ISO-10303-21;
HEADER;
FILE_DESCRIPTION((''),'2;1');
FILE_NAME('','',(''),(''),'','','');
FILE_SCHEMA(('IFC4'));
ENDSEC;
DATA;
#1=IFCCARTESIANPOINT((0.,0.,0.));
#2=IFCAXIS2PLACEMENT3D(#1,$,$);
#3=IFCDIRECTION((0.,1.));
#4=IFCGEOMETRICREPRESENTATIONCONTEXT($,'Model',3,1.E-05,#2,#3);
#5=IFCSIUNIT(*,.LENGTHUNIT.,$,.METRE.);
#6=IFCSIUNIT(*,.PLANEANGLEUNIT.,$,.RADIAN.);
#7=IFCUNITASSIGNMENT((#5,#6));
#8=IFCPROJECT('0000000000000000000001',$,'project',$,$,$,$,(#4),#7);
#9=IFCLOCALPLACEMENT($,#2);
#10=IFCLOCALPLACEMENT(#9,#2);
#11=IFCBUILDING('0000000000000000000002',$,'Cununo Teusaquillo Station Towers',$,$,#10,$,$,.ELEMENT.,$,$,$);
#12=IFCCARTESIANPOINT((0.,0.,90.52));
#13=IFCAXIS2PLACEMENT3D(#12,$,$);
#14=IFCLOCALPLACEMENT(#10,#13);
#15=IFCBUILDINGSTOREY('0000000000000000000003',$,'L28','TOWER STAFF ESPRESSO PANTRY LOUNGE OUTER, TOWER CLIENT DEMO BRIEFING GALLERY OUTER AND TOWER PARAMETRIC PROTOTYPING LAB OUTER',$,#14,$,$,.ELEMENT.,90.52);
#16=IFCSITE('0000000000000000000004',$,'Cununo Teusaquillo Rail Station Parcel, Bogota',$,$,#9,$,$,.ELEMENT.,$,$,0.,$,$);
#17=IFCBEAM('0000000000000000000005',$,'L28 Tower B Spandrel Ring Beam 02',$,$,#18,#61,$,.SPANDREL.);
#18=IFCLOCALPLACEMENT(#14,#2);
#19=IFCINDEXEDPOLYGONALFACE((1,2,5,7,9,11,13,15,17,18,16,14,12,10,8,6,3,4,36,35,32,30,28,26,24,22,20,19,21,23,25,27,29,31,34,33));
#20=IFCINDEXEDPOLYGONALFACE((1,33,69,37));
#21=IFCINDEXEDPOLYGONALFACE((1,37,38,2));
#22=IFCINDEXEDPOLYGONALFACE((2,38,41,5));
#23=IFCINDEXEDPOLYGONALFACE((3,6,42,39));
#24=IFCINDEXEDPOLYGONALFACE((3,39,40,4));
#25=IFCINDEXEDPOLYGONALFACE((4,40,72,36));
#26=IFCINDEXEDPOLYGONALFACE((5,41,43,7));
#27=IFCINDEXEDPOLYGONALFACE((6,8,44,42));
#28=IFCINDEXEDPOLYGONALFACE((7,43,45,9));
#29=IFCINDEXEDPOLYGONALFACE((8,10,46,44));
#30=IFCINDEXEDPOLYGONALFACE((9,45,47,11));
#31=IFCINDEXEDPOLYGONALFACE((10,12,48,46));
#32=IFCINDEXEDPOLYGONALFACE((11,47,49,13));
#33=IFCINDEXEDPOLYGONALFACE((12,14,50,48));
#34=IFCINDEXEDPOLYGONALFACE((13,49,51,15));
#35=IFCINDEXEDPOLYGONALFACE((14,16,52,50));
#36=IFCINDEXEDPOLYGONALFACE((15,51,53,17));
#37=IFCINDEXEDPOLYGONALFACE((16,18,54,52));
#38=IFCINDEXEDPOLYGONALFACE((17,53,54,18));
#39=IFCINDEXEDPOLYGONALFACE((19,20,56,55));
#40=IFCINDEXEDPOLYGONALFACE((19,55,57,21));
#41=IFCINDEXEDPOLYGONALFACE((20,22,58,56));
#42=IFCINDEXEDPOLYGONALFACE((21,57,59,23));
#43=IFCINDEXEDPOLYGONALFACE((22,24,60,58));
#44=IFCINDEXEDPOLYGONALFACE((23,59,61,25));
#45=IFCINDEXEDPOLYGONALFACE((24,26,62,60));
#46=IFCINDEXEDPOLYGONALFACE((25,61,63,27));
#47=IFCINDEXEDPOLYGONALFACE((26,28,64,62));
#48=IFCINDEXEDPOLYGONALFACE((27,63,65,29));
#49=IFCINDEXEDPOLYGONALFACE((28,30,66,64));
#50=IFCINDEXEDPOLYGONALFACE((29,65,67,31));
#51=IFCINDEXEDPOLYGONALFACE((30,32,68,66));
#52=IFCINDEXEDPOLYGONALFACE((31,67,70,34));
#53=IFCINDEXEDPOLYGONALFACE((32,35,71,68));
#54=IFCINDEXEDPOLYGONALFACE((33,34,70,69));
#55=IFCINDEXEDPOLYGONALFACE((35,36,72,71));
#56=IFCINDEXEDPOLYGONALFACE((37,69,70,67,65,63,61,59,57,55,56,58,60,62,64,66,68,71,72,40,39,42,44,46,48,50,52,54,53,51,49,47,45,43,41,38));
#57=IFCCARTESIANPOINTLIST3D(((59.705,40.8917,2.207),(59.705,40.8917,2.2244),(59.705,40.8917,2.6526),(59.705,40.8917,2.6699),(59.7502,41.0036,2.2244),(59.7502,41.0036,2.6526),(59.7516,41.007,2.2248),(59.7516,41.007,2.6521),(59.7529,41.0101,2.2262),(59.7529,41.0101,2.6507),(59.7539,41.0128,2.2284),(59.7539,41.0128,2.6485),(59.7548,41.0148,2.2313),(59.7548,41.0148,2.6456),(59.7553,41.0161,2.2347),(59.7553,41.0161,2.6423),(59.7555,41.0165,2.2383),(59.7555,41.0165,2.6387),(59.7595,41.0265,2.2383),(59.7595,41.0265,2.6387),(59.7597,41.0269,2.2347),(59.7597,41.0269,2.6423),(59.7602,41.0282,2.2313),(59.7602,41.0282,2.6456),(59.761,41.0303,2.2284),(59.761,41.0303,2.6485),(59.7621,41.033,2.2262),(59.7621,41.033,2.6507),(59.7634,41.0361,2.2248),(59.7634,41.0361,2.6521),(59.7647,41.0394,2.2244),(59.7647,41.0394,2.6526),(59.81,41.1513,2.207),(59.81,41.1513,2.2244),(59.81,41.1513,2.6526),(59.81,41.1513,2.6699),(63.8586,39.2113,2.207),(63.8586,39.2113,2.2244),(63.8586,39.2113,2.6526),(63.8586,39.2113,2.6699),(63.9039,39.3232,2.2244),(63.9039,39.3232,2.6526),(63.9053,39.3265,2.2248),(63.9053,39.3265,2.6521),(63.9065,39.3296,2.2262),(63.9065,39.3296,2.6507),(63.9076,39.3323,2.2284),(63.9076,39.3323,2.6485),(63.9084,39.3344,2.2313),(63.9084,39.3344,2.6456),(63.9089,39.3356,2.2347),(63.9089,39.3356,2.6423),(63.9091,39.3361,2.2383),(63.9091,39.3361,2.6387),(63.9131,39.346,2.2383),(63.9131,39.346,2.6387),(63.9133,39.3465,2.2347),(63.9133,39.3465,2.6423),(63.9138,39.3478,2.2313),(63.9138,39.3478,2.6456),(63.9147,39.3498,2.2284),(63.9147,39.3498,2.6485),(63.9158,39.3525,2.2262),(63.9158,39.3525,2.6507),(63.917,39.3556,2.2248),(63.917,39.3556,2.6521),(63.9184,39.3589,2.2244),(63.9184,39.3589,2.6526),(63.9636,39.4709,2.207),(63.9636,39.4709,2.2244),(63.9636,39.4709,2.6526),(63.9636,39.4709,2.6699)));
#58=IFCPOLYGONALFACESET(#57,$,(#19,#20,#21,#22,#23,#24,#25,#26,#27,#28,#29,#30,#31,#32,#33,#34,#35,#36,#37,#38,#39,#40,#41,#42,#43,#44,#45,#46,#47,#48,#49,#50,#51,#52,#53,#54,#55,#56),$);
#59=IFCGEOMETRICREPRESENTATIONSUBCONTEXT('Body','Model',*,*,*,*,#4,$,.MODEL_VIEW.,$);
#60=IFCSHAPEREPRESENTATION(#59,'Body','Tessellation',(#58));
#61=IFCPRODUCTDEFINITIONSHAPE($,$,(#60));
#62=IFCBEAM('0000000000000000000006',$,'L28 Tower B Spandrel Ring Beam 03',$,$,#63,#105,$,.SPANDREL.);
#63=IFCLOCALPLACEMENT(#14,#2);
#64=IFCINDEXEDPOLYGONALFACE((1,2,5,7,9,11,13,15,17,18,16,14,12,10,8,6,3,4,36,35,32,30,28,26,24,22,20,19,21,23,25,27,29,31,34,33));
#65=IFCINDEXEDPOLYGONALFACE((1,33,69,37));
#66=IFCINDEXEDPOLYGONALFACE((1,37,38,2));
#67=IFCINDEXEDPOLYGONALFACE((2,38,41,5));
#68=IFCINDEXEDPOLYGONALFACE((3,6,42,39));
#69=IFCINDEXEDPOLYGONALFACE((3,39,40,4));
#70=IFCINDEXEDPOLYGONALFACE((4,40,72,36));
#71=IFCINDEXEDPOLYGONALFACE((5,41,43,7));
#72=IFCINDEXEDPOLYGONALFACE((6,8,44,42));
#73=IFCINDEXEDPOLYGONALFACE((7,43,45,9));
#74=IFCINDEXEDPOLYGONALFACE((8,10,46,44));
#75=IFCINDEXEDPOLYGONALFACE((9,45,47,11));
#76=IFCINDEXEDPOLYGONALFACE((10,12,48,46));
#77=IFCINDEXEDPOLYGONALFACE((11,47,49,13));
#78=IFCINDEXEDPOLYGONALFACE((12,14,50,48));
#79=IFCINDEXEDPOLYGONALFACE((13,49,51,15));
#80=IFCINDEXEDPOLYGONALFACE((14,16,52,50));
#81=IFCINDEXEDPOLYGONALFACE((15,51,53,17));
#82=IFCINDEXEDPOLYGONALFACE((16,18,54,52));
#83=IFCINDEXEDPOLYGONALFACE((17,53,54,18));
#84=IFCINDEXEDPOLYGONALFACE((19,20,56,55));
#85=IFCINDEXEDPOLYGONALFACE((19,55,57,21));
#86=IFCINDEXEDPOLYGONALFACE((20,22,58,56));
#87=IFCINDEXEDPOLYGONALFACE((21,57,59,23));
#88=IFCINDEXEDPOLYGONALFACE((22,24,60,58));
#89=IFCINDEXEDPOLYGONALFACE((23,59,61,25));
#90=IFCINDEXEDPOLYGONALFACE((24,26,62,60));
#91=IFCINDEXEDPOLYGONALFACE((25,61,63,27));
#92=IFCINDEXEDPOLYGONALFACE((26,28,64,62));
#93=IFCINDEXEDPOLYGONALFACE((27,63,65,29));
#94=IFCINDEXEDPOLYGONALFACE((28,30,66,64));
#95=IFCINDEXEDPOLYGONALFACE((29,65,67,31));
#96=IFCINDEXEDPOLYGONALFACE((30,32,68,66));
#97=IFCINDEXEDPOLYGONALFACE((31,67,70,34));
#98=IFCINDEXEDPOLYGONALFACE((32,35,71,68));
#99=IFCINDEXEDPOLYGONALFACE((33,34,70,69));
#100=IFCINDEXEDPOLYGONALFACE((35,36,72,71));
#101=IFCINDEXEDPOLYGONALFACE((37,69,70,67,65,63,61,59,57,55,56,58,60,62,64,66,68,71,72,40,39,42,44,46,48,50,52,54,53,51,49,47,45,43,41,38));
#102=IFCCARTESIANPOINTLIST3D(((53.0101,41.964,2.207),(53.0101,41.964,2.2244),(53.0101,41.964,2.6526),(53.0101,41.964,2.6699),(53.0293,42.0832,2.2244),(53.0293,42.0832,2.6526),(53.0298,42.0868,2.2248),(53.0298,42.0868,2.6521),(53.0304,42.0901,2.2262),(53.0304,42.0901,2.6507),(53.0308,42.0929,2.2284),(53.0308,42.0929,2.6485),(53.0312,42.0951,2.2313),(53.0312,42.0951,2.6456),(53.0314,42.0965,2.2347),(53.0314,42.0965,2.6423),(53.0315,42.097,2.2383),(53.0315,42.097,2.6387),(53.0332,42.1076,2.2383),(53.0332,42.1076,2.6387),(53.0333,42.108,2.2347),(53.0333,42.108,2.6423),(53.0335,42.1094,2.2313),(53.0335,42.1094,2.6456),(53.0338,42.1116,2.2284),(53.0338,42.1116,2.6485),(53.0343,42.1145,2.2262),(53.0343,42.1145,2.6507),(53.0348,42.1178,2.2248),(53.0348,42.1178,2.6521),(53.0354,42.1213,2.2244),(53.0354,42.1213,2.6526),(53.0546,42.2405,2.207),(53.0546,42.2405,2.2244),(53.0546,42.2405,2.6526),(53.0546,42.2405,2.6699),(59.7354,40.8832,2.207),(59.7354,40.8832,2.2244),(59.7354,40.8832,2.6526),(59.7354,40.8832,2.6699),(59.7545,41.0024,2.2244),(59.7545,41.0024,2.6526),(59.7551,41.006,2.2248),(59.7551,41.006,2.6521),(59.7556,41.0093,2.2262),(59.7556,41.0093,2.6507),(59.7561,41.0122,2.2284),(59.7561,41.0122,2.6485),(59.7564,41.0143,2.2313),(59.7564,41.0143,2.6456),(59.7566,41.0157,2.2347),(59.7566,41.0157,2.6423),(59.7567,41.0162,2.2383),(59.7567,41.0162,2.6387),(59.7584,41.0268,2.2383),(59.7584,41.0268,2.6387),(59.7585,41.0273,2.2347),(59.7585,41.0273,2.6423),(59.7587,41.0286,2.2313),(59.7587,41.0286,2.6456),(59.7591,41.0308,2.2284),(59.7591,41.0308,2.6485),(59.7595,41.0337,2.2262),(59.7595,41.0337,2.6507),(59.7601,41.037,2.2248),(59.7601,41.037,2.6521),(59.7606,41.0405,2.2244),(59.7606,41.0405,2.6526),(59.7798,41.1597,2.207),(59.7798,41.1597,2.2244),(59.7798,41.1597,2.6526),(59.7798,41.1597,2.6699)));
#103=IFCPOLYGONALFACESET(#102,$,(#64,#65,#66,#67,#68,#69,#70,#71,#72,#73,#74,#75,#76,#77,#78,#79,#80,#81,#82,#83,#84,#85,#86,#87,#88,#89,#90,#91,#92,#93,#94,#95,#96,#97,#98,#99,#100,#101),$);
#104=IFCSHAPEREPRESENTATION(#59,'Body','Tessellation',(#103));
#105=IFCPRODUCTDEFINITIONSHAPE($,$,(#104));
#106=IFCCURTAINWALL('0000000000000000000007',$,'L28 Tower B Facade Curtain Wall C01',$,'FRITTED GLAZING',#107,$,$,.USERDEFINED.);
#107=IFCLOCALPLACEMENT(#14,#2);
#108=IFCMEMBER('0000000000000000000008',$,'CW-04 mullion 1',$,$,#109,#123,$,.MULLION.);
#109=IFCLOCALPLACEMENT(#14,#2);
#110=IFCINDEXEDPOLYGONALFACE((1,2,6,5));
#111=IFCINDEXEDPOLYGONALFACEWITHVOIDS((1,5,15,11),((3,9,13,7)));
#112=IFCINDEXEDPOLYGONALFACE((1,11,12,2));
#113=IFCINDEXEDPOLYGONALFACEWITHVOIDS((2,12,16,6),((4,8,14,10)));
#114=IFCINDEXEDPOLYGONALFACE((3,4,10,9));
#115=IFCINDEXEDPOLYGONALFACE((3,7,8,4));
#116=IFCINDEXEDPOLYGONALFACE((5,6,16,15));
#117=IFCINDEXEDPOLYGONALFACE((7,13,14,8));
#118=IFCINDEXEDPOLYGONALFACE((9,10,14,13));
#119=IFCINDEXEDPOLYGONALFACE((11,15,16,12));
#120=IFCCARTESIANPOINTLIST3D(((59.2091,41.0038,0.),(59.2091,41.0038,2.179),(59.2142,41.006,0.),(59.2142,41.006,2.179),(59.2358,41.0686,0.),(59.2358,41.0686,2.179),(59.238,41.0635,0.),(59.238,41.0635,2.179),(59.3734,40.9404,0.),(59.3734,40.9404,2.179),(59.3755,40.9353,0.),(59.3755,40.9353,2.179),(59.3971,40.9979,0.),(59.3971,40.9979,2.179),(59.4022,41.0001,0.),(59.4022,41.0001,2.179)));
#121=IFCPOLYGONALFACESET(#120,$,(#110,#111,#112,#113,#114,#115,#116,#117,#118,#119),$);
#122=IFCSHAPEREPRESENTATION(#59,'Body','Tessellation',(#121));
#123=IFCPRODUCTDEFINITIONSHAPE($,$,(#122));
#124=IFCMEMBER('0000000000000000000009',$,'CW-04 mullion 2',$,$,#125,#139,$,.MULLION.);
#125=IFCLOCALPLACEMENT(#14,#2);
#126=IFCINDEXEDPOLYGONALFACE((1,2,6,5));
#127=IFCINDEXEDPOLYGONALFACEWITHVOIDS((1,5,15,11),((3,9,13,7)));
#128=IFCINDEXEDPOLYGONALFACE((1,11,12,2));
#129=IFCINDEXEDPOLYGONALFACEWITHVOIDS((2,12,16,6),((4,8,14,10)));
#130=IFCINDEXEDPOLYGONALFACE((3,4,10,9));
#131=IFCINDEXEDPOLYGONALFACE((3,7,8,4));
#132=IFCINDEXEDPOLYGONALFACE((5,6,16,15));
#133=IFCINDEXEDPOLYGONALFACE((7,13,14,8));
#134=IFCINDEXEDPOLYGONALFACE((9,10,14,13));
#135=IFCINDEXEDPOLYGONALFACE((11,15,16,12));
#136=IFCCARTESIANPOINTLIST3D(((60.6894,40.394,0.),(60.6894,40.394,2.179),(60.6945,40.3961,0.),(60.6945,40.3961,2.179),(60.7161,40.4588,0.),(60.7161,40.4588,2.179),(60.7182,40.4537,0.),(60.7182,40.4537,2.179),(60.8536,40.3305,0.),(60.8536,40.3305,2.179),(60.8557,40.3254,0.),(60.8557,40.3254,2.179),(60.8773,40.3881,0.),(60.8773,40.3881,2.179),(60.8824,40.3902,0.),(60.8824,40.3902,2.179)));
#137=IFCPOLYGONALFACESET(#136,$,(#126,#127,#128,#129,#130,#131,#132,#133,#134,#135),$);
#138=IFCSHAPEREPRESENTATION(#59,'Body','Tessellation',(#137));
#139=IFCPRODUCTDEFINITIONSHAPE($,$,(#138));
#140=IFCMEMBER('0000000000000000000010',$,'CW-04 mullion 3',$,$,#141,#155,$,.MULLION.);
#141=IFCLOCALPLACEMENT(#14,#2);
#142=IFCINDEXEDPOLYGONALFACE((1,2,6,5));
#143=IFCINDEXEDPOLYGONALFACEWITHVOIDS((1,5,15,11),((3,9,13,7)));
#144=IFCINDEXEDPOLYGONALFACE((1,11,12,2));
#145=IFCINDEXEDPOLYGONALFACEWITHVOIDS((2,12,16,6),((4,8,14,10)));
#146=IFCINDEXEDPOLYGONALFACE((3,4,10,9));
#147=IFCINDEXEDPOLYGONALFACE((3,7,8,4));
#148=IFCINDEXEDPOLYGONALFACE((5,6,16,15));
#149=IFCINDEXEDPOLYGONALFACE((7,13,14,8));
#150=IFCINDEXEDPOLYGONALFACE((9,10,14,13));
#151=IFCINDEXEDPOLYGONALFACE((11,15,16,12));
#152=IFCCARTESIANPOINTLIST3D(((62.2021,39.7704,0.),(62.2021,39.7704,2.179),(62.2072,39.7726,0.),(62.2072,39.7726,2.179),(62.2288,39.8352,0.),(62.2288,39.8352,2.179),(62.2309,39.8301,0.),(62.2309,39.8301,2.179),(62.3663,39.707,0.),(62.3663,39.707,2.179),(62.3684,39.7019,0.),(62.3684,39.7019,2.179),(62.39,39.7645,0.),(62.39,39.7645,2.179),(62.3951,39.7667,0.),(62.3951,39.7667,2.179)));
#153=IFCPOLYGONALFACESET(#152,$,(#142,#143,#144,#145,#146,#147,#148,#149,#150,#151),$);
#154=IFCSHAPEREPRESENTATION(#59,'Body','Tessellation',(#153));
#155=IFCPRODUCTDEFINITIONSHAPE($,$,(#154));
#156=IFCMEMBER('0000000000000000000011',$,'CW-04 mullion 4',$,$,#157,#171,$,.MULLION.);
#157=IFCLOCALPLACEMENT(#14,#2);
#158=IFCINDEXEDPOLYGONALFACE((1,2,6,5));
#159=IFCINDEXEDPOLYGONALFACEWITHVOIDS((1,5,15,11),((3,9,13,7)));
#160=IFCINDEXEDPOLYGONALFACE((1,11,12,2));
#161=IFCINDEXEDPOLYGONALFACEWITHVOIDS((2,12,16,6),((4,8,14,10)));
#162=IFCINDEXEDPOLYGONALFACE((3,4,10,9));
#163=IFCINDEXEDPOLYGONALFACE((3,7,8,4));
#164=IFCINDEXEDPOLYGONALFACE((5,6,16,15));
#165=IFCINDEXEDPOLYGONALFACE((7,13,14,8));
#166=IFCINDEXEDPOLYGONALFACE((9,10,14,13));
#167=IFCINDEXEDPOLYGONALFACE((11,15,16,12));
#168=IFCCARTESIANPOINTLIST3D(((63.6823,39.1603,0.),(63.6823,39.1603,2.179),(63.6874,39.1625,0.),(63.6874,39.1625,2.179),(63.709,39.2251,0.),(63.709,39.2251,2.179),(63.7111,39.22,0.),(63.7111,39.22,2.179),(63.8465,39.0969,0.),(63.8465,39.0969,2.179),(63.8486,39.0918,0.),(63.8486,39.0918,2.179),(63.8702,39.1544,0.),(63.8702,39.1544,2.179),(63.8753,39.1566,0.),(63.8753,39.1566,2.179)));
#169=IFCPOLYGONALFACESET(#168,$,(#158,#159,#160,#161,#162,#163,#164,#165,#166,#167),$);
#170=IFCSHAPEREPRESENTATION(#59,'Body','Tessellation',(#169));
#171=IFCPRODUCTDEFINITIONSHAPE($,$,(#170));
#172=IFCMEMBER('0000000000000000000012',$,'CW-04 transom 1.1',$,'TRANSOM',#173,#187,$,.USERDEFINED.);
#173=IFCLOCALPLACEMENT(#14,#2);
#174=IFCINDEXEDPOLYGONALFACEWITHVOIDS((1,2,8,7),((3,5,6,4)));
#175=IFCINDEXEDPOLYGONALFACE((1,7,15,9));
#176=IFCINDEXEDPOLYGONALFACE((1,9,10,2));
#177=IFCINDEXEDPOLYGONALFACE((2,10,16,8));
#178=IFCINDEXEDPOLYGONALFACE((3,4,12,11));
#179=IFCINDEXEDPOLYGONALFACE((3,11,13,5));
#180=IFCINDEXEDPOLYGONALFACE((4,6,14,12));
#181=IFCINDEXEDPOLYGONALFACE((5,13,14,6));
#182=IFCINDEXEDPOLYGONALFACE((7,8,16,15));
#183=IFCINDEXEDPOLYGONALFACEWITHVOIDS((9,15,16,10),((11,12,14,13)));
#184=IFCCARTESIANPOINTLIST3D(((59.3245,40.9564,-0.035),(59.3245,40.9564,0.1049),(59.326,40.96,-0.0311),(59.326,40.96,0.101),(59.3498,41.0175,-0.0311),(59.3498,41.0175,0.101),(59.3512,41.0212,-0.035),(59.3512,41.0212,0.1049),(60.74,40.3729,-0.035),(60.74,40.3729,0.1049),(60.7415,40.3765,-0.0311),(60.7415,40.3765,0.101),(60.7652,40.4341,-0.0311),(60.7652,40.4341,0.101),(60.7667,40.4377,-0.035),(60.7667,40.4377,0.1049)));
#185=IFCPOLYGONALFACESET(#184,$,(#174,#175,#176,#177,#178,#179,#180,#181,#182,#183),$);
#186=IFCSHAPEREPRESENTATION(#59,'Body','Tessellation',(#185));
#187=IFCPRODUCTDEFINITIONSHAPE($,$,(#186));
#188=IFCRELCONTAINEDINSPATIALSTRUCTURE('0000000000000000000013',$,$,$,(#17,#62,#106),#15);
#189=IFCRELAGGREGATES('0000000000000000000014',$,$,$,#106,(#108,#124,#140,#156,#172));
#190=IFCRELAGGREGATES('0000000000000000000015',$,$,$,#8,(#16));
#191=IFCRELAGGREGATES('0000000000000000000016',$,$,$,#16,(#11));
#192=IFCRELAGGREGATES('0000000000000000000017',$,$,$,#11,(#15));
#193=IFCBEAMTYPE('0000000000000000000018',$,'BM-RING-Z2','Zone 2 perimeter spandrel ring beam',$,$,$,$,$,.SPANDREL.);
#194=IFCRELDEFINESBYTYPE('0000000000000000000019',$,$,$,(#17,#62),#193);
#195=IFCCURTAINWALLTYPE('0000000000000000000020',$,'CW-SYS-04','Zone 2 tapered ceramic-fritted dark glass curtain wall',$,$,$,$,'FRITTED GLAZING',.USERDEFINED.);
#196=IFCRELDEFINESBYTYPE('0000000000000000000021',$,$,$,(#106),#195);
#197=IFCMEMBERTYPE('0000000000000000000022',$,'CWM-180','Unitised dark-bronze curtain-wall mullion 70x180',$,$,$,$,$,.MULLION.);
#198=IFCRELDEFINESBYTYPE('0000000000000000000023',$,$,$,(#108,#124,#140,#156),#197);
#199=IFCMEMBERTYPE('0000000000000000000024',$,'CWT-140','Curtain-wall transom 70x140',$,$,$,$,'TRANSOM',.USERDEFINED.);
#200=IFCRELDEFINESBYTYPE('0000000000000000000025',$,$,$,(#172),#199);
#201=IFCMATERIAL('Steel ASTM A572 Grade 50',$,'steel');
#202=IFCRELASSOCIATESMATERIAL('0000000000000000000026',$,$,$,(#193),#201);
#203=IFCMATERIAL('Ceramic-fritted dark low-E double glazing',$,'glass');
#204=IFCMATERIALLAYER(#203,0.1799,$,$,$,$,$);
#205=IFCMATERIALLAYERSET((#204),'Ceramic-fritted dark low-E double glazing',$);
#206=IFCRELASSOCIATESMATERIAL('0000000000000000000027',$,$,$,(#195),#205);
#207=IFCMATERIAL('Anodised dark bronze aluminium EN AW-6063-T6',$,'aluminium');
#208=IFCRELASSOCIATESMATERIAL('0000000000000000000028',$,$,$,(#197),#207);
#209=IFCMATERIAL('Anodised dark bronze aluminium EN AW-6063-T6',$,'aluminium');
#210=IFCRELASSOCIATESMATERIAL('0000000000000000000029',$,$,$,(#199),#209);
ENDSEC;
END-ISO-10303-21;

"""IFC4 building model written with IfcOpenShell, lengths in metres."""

from ifc_helpers import new_model, si_unit, direction, frame, origin, origin_2d, place, context, subcontext, project, spatial, hollow_rectangle, i_section, extrude, material, layer, layer_set, material_profile, profile_set, type_object, element, aggregate, save


model = new_model("IFC4")

# Units and contexts
model_context = context("Model", 3, precision=1e-05, world=origin(), true_north=direction((0.0, 1.0)))
body_context = subcontext(model_context, "Body", "Model", "MODEL_VIEW")
ifc_project = project(units=[si_unit("LENGTHUNIT", "METRE"), si_unit("PLANEANGLEUNIT", "RADIAN")], contexts=[model_context])

# Site, building, storey
site_placement = place(None, origin())
site = spatial("IfcSite", under=ifc_project, at=site_placement, Name="Cununo Teusaquillo Rail Station Parcel, Bogota", CompositionType="ELEMENT", RefElevation=0.0)
building_placement = place(site_placement, origin())
building = spatial("IfcBuilding", under=site, at=building_placement, Name="Cununo Teusaquillo Station Towers", CompositionType="ELEMENT")
storey_placement = place(building_placement, frame((0.0, 0.0, 90.52)))
storey = spatial("IfcBuildingStorey", under=building, at=storey_placement, Name="L28", Description="TOWER STAFF ESPRESSO PANTRY LOUNGE OUTER, TOWER CLIENT DEMO BRIEFING GALLERY OUTER AND TOWER PARAMETRIC PROTOTYPING LAB OUTER", CompositionType="ELEMENT", Elevation=90.52)

# Beams
ifc_material_1 = material(Name="Steel ASTM A572 Grade 50", Category="steel")
ifc_material_profile_1 = material_profile(ifc_material_1, i_section(OverallWidth=0.28, OverallDepth=0.4629, WebThickness=0.0107, FlangeThickness=0.0173, FilletRadius=0.0139, at=origin_2d()), Name="W18X76")
ifc_profile_set_1 = profile_set([ifc_material_profile_1], Name="Steel ASTM A572 Grade 50")
beam_type_1 = type_object("IfcBeamType", Name="BM-RING-Z2", Description="Zone 2 perimeter spandrel ring beam", PredefinedType="SPANDREL", material=ifc_profile_set_1)
beam_1_placement = place(storey_placement, frame((63.9111, 39.3411, 2.4385), z_axis=(-0.927008, 0.375042, 0.0), x_axis=(-0.375042, -0.927008, 0.0)))
element("IfcBeam", 1, at=beam_1_placement, inside=storey, type_object=beam_type_1, Name="L28 Tower B Spandrel Ring Beam 02", PredefinedType="SPANDREL", context=body_context, shape_type="SweptSolid", body=[
    extrude(i_section(OverallWidth=0.28, OverallDepth=0.4629, WebThickness=0.0107, FlangeThickness=0.0173, FilletRadius=0.0139, at=origin_2d()), origin(), (0.0, 0.0, 1.0), 4.4807),
])
beam_2_placement = place(storey_placement, frame((59.7576, 41.0215, 2.4385), z_axis=(-0.987331, 0.158671, 0.0), x_axis=(-0.158671, -0.987331, 0.0)))
element("IfcBeam", 2, at=beam_2_placement, inside=storey, type_object=beam_type_1, Name="L28 Tower B Spandrel Ring Beam 03", PredefinedType="SPANDREL", context=body_context, shape_type="SweptSolid", body=[
    extrude(i_section(OverallWidth=0.28, OverallDepth=0.4629, WebThickness=0.0107, FlangeThickness=0.0173, FilletRadius=0.0139, at=origin_2d()), origin(), (0.0, 0.0, 1.0), 6.8115),
])

# Curtain wall, members
ifc_material_2 = material(Name="Ceramic-fritted dark low-E double glazing", Category="glass")
ifc_layer_1 = layer(ifc_material_2, 0.1799)
ifc_layer_set_1 = layer_set([ifc_layer_1], Name="Ceramic-fritted dark low-E double glazing")
curtain_wall_type = type_object("IfcCurtainWallType", Name="CW-SYS-04", Description="Zone 2 tapered ceramic-fritted dark glass curtain wall", ElementType="FRITTED GLAZING", PredefinedType="USERDEFINED", material=ifc_layer_set_1)
curtain_wall_placement = place(storey_placement, origin())
curtain_wall = element("IfcCurtainWall", 3, at=curtain_wall_placement, inside=storey, type_object=curtain_wall_type, Name="L28 Tower B Facade Curtain Wall C01", ObjectType="FRITTED GLAZING", PredefinedType="USERDEFINED")
ifc_material_3 = material(Name="Anodised dark bronze aluminium EN AW-6063-T6", Category="aluminium")
ifc_material_profile_2 = material_profile(ifc_material_3, hollow_rectangle(XDim=0.0701, YDim=0.1799, WallThickness=0.0039, at=origin_2d()), Name="CW-MULL-70x180")
ifc_profile_set_2 = profile_set([ifc_material_profile_2], Name="Anodised dark bronze aluminium EN AW-6063-T6")
member_type_1 = type_object("IfcMemberType", Name="CWM-180", Description="Unitised dark-bronze curtain-wall mullion 70x180", PredefinedType="MULLION", material=ifc_profile_set_2)
member_1_placement = place(storey_placement, frame((59.3057, 41.002, 0.0), z_axis=(0.0, 0.0, 1.0), x_axis=(0.381031, 0.924562, 0.0)))
member_1 = element("IfcMember", 4, at=member_1_placement, type_object=member_type_1, Name="CW-04 mullion 1", PredefinedType="MULLION", context=body_context, shape_type="SweptSolid", body=[
    extrude(hollow_rectangle(XDim=0.0701, YDim=0.1799, WallThickness=0.0039, at=origin_2d()), origin(), (0.0, 0.0, 1.0), 2.179),
])
member_2_placement = place(storey_placement, frame((60.7859, 40.3921, 0.0), z_axis=(0.0, 0.0, 1.0), x_axis=(0.381031, 0.924562, 0.0)))
member_2 = element("IfcMember", 5, at=member_2_placement, type_object=member_type_1, Name="CW-04 mullion 2", PredefinedType="MULLION", context=body_context, shape_type="SweptSolid", body=[
    extrude(hollow_rectangle(XDim=0.0701, YDim=0.1799, WallThickness=0.0039, at=origin_2d()), origin(), (0.0, 0.0, 1.0), 2.179),
])
member_3_placement = place(storey_placement, frame((62.2986, 39.7686, 0.0), z_axis=(0.0, 0.0, 1.0), x_axis=(0.381031, 0.924562, 0.0)))
member_3 = element("IfcMember", 6, at=member_3_placement, type_object=member_type_1, Name="CW-04 mullion 3", PredefinedType="MULLION", context=body_context, shape_type="SweptSolid", body=[
    extrude(hollow_rectangle(XDim=0.0701, YDim=0.1799, WallThickness=0.0039, at=origin_2d()), origin(), (0.0, 0.0, 1.0), 2.179),
])
member_4_placement = place(storey_placement, frame((63.7788, 39.1584, 0.0), z_axis=(0.0, 0.0, 1.0), x_axis=(0.381031, 0.924562, 0.0)))
member_4 = element("IfcMember", 7, at=member_4_placement, type_object=member_type_1, Name="CW-04 mullion 4", PredefinedType="MULLION", context=body_context, shape_type="SweptSolid", body=[
    extrude(hollow_rectangle(XDim=0.0701, YDim=0.1799, WallThickness=0.0039, at=origin_2d()), origin(), (0.0, 0.0, 1.0), 2.179),
])
ifc_material_4 = material(Name="Anodised dark bronze aluminium EN AW-6063-T6", Category="aluminium")
ifc_material_profile_3 = material_profile(ifc_material_4, hollow_rectangle(XDim=0.0701, YDim=0.1399, WallThickness=0.0039, at=origin_2d()), Name="CW-TRAN-70x140")
ifc_profile_set_3 = profile_set([ifc_material_profile_3], Name="Anodised dark bronze aluminium EN AW-6063-T6")
member_type_2 = type_object("IfcMemberType", Name="CWT-140", Description="Curtain-wall transom 70x140", ElementType="TRANSOM", PredefinedType="USERDEFINED", material=ifc_profile_set_3)
member_5_placement = place(storey_placement, frame((59.3379, 40.9888, 0.0349), z_axis=(0.924533, -0.381103, 0.0), x_axis=(0.381103, 0.924533, 0.0)))
member_5 = element("IfcMember", 8, at=member_5_placement, type_object=member_type_2, Name="CW-04 transom 1.1", ObjectType="TRANSOM", PredefinedType="USERDEFINED", context=body_context, shape_type="SweptSolid", body=[
    extrude(hollow_rectangle(XDim=0.0701, YDim=0.1399, WallThickness=0.0039, at=origin_2d()), origin(), (0.0, 0.0, 1.0), 1.531),
])

aggregate(curtain_wall, [member_1, member_2, member_3, member_4, member_5])

save(model, "model.ifc")
